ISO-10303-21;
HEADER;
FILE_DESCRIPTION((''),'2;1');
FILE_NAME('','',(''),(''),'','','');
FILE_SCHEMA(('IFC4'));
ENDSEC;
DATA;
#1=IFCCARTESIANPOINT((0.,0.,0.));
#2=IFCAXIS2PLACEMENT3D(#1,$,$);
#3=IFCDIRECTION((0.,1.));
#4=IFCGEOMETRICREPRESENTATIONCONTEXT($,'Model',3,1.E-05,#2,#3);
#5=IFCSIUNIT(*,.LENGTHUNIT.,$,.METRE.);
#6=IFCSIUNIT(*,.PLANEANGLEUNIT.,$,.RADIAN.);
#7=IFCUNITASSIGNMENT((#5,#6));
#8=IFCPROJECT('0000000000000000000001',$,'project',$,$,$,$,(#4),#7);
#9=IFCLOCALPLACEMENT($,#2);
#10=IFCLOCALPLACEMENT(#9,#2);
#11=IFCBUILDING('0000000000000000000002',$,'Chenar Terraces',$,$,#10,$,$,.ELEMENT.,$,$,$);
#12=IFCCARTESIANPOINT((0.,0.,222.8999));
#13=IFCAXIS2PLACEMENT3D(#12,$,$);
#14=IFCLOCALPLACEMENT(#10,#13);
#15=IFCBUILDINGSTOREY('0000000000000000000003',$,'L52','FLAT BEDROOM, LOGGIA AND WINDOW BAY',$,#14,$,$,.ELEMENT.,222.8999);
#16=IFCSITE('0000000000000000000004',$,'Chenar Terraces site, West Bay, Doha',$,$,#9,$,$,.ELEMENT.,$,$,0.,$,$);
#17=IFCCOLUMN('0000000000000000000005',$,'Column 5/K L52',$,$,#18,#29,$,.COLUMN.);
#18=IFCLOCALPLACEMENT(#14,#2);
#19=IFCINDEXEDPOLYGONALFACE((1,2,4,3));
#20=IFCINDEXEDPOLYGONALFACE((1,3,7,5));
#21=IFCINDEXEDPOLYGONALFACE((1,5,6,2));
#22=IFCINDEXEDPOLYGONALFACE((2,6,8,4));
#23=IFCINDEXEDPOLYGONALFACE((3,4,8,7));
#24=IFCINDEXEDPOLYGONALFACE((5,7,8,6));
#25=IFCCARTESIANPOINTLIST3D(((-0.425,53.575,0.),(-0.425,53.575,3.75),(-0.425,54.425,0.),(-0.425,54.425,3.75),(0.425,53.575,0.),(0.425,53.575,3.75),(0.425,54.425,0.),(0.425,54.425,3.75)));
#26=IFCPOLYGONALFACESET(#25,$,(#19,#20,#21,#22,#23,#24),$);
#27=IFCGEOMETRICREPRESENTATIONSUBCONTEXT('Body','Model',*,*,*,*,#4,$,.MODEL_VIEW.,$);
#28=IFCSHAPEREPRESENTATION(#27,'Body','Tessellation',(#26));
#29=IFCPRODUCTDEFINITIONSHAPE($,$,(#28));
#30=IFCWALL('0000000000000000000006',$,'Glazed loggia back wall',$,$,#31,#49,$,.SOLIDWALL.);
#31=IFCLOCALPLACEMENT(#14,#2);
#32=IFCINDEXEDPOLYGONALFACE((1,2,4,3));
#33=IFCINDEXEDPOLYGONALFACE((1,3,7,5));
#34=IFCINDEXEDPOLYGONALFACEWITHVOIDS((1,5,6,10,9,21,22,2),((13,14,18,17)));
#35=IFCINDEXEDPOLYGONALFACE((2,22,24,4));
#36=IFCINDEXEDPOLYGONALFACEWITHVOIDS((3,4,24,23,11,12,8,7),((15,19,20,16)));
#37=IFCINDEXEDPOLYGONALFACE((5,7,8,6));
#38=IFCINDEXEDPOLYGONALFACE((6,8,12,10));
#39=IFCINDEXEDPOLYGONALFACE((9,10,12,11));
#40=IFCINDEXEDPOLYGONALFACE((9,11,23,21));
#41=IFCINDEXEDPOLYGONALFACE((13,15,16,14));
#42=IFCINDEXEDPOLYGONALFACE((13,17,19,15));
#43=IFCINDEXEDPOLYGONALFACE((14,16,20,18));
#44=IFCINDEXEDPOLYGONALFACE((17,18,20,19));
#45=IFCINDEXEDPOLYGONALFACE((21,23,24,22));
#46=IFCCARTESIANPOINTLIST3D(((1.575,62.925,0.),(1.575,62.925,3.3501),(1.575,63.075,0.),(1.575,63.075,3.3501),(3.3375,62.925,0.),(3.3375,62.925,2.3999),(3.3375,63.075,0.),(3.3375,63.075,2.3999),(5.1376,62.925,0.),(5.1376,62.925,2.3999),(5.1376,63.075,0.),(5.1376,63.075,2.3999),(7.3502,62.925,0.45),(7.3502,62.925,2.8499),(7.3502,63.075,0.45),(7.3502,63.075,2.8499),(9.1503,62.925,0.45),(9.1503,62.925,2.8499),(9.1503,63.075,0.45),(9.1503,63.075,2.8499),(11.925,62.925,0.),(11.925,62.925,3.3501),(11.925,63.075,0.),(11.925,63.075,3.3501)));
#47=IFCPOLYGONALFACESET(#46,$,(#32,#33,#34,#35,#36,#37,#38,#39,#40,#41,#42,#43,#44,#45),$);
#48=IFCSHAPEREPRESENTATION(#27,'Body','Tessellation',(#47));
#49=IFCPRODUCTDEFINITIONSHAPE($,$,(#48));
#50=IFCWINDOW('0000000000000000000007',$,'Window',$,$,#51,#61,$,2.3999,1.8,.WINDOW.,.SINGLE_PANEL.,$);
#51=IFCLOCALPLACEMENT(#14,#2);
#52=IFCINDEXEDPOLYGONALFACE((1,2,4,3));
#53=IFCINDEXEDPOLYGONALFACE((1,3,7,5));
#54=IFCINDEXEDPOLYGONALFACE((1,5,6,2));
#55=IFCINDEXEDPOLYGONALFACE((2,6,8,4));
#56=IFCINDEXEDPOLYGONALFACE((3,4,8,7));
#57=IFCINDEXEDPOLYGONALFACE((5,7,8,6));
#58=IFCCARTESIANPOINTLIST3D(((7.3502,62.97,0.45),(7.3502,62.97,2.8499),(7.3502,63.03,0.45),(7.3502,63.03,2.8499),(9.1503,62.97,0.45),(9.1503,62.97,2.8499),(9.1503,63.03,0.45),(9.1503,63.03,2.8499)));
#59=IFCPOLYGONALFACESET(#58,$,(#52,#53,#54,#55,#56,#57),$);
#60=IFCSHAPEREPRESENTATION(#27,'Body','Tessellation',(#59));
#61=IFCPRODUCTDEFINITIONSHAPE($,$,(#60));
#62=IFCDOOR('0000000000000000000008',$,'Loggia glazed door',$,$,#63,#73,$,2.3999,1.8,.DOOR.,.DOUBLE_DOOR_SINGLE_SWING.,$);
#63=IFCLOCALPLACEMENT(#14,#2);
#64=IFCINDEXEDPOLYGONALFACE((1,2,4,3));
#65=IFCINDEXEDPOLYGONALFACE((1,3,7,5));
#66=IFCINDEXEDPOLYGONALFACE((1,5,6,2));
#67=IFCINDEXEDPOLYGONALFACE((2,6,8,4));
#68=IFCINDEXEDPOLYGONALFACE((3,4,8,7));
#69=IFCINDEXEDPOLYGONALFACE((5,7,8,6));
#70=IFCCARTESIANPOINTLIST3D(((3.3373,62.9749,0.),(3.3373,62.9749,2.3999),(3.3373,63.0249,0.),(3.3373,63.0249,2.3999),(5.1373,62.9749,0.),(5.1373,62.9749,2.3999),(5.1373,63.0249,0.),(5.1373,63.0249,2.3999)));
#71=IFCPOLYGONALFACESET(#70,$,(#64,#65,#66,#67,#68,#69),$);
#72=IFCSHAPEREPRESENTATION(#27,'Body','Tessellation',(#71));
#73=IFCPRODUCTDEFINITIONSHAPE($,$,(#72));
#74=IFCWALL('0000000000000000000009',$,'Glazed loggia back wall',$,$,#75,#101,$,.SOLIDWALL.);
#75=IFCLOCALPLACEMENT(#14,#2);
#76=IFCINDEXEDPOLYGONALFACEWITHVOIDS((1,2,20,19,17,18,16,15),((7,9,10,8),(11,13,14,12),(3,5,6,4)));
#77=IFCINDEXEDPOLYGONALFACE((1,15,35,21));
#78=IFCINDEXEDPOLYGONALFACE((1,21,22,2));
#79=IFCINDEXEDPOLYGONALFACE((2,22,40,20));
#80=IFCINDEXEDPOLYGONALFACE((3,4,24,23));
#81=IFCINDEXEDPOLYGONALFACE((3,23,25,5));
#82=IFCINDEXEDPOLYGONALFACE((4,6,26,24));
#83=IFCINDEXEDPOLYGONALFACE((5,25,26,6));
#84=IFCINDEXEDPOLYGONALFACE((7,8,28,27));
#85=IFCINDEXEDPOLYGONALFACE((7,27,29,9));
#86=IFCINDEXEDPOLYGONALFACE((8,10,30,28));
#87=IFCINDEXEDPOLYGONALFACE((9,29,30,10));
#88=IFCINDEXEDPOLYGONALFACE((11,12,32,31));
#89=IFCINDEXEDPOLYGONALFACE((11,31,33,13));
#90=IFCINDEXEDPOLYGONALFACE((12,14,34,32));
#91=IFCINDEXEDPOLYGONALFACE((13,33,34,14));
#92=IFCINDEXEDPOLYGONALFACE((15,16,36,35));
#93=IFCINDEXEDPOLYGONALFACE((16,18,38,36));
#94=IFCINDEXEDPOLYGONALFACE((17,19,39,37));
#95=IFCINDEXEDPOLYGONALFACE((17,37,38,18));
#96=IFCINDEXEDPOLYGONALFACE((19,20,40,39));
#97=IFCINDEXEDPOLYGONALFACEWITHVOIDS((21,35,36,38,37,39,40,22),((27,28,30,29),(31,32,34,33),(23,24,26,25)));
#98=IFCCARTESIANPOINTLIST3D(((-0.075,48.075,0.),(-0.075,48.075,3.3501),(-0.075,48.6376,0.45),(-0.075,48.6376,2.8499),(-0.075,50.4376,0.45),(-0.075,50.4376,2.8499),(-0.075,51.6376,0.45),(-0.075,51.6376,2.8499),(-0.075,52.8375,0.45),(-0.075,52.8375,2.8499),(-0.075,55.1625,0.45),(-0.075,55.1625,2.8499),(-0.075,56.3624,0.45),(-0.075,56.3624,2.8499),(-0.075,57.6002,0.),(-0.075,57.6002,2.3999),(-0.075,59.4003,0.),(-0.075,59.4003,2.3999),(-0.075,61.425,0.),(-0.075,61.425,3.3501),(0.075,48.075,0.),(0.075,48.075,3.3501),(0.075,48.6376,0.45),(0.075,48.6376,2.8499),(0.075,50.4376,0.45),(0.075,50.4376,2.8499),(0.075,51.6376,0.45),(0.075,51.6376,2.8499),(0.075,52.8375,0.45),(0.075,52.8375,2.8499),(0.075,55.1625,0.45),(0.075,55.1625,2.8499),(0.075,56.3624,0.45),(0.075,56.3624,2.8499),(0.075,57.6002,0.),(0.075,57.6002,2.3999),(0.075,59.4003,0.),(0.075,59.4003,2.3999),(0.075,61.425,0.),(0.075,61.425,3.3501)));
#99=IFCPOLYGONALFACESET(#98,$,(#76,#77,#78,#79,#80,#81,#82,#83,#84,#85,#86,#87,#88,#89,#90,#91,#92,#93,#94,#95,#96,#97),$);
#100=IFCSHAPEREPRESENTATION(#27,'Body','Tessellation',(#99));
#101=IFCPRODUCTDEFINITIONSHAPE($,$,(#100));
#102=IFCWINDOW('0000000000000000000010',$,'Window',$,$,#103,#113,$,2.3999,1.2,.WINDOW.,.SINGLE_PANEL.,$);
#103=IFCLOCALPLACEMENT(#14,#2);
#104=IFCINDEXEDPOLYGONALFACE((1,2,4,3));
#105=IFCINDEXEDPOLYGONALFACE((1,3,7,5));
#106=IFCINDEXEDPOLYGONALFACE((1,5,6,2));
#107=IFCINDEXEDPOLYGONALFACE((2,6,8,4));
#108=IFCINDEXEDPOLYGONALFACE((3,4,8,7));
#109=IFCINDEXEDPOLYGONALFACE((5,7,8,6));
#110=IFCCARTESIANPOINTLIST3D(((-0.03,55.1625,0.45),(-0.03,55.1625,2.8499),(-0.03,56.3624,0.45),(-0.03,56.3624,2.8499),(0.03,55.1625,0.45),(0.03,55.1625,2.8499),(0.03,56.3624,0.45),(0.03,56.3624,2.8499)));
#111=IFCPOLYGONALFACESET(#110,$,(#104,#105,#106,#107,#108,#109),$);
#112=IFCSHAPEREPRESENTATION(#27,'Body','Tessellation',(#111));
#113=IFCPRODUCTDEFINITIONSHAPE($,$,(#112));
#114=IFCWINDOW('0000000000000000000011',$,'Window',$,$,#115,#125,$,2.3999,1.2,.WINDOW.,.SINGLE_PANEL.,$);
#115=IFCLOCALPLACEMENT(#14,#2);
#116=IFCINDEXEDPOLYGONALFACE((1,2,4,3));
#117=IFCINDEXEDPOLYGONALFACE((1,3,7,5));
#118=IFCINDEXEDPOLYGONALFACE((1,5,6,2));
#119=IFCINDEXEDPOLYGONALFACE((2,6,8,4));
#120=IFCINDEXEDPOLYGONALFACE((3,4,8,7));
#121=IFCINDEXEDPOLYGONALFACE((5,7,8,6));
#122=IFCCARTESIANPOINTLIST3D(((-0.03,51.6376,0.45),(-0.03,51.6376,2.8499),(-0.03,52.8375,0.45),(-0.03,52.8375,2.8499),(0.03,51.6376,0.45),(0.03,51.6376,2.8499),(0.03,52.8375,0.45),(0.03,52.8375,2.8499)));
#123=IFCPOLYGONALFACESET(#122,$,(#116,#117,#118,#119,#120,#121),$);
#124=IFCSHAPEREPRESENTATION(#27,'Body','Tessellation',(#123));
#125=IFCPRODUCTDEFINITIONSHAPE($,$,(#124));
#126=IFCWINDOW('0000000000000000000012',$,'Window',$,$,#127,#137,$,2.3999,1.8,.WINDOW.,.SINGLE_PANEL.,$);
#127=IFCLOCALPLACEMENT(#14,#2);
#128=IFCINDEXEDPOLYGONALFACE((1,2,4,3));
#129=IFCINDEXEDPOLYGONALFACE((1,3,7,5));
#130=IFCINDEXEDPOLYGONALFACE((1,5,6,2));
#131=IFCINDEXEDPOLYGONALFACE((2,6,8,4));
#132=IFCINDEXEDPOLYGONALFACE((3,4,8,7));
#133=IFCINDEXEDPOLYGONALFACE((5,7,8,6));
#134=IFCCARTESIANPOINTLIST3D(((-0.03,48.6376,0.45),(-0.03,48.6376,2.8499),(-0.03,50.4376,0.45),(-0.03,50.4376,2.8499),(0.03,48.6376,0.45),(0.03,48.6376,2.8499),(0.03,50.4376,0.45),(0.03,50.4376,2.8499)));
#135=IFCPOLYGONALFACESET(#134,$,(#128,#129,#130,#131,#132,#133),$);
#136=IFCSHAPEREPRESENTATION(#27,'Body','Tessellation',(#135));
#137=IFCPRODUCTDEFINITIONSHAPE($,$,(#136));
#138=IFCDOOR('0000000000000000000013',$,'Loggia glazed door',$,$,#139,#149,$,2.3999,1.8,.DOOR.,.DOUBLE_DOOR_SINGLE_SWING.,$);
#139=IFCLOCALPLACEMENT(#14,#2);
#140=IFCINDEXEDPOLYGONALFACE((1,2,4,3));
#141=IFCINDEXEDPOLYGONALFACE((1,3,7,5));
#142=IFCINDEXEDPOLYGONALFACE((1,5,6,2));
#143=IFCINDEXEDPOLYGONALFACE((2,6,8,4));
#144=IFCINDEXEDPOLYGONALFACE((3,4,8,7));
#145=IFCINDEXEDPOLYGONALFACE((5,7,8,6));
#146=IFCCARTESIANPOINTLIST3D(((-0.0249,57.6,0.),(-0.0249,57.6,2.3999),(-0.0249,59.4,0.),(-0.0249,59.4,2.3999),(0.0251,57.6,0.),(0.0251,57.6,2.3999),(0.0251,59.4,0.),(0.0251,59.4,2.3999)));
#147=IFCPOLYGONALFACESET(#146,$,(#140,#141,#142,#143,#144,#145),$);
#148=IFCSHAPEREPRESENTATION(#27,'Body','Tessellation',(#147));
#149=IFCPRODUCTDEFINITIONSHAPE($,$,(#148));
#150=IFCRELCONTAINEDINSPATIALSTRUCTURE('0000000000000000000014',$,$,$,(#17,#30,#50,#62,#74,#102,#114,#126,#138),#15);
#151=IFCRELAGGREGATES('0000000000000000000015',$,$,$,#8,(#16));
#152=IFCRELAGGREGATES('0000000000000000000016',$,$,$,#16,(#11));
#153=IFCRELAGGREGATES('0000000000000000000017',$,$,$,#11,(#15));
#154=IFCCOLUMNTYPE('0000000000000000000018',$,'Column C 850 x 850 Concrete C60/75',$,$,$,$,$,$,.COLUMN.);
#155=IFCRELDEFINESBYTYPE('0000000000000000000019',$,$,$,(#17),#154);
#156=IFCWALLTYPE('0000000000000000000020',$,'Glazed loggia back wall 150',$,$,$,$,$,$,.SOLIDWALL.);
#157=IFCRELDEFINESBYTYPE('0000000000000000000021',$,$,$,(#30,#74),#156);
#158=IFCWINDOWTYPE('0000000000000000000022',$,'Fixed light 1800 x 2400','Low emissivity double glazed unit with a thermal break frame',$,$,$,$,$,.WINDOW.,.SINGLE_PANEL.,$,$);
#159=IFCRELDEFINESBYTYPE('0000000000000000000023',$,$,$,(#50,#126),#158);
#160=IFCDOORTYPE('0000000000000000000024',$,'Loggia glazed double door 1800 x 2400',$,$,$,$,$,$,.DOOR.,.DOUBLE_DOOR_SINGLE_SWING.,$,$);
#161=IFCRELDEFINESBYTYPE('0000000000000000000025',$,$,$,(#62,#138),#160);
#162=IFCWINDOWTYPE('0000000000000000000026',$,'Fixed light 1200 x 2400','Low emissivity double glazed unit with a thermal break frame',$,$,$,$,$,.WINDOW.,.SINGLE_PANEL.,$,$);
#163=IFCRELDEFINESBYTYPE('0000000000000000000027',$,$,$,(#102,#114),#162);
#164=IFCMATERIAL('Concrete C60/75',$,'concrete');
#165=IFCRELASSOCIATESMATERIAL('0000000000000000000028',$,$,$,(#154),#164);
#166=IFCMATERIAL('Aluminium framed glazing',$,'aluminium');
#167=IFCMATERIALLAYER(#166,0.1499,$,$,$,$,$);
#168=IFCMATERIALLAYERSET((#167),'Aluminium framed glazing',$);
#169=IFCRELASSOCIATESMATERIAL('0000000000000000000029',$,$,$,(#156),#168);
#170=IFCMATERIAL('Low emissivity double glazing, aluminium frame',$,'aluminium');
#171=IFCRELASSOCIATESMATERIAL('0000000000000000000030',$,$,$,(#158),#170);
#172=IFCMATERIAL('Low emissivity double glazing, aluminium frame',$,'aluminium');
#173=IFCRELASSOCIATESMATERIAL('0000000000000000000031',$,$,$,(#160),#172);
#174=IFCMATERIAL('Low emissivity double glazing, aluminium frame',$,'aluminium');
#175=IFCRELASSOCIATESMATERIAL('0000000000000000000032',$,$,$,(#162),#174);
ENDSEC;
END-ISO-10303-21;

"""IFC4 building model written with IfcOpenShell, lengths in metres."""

from ifc_helpers import new_model, si_unit, direction, frame, frame_2d, origin, origin_2d, place, context, subcontext, project, spatial, rectangle, extrude, material, layer, layer_set, material_profile, profile_set, type_object, element, fill, save


model = new_model("IFC4")

# Units and contexts
model_context = context("Model", 3, precision=1e-05, world=origin(), true_north=direction((0.0, 1.0)))
body_context = subcontext(model_context, "Body", "Model", "MODEL_VIEW")
ifc_project = project(units=[si_unit("LENGTHUNIT", "METRE"), si_unit("PLANEANGLEUNIT", "RADIAN")], contexts=[model_context])

# Site, building, storey
site_placement = place(None, origin())
site = spatial("IfcSite", under=ifc_project, at=site_placement, Name="Chenar Terraces site, West Bay, Doha", CompositionType="ELEMENT", RefElevation=0.0)
building_placement = place(site_placement, origin())
building = spatial("IfcBuilding", under=site, at=building_placement, Name="Chenar Terraces", CompositionType="ELEMENT")
storey_placement = place(building_placement, frame((0.0, 0.0, 222.8999)))
storey = spatial("IfcBuildingStorey", under=building, at=storey_placement, Name="L52", Description="FLAT BEDROOM, LOGGIA AND WINDOW BAY", CompositionType="ELEMENT", Elevation=222.8999)

# Column
ifc_material_1 = material(Name="Concrete C60/75", Category="concrete")
ifc_material_profile = material_profile(ifc_material_1, rectangle(XDim=0.8501, YDim=0.8501, at=origin_2d()), Name="C 850 x 850")
ifc_profile_set = profile_set([ifc_material_profile], Name="Concrete C60/75")
column_type = type_object("IfcColumnType", Name="Column C 850 x 850 Concrete C60/75", PredefinedType="COLUMN", material=ifc_profile_set)
column_placement = place(storey_placement, frame((0.0, 54.0, 0.0), z_axis=(0.0, 0.0, 1.0), x_axis=(1.0, 0.0, 0.0)))
element("IfcColumn", 1, at=column_placement, inside=storey, type_object=column_type, Name="Column 5/K L52", PredefinedType="COLUMN", context=body_context, shape_type="SweptSolid", body=[
    extrude(rectangle(XDim=0.8501, YDim=0.8501, at=origin_2d()), origin(), (0.0, 0.0, 1.0), 3.75),
])

# Wall, openings, window, door
ifc_material_2 = material(Name="Aluminium framed glazing", Category="aluminium")
ifc_layer_1 = layer(ifc_material_2, 0.1499)
ifc_layer_set_1 = layer_set([ifc_layer_1], Name="Aluminium framed glazing")
wall_type_1 = type_object("IfcWallType", Name="Glazed loggia back wall 150", PredefinedType="SOLIDWALL", material=ifc_layer_set_1)
wall_1_placement = place(storey_placement, frame((11.925, 63.0, 0.0), z_axis=(0.0, 0.0, 1.0), x_axis=(-1.0, 0.0, 0.0)))
wall_1 = element("IfcWall", 2, at=wall_1_placement, inside=storey, type_object=wall_type_1, Name="Glazed loggia back wall", PredefinedType="SOLIDWALL", context=body_context, shape_type="SweptSolid", body=[
    extrude(rectangle(XDim=10.3501, YDim=0.1499, at=frame_2d((5.175, 0.0))), origin(), (0.0, 0.0, 1.0), 3.3501),
])
opening_1_placement = place(wall_1_placement, frame((2.7749, 0.0, 0.45)))
opening_1 = element("IfcOpeningElement", 3, at=opening_1_placement, cuts=wall_1, PredefinedType="OPENING", context=body_context, shape_type="SweptSolid", body=[
    extrude(rectangle(XDim=1.8, YDim=2.3999, at=frame_2d((0.8999, 1.2))), frame((0.0, 0.085, 0.0), z_axis=(0.0, -1.0, 0.0), x_axis=(1.0, 0.0, 0.0)), (0.0, 0.0, 1.0), 0.1699),
])
opening_2_placement = place(wall_1_placement, frame((6.7876, 0.0, 0.0)))
opening_2 = element("IfcOpeningElement", 4, at=opening_2_placement, cuts=wall_1, PredefinedType="OPENING", context=body_context, shape_type="SweptSolid", body=[
    extrude(rectangle(XDim=1.8, YDim=2.3999, at=frame_2d((0.8999, 1.2))), frame((0.0, 0.085, 0.0), z_axis=(0.0, -1.0, 0.0), x_axis=(1.0, 0.0, 0.0)), (0.0, 0.0, 1.0), 0.1699),
])
ifc_material_3 = material(Name="Low emissivity double glazing, aluminium frame", Category="aluminium")
window_type_1 = type_object("IfcWindowType", Name="Fixed light 1800 x 2400", Description="Low emissivity double glazed unit with a thermal break frame", PartitioningType="SINGLE_PANEL", PredefinedType="WINDOW", material=ifc_material_3)
window_1_placement = place(opening_1_placement, origin())
window_1 = element("IfcWindow", 5, at=window_1_placement, inside=storey, type_object=window_type_1, Name="Window", OverallHeight=2.3999, OverallWidth=1.8, PartitioningType="SINGLE_PANEL", PredefinedType="WINDOW", context=body_context, shape_type="SweptSolid", body=[
    extrude(rectangle(XDim=1.8, YDim=2.3999, at=frame_2d((0.8999, 1.2))), frame((0.0, 0.03, 0.0), z_axis=(0.0, -1.0, 0.0), x_axis=(1.0, 0.0, 0.0)), (0.0, 0.0, 1.0), 0.0601),
])
fill(opening_1, window_1)
ifc_material_4 = material(Name="Low emissivity double glazing, aluminium frame", Category="aluminium")
door_type_1 = type_object("IfcDoorType", Name="Loggia glazed double door 1800 x 2400", OperationType="DOUBLE_DOOR_SINGLE_SWING", PredefinedType="DOOR", material=ifc_material_4)
door_1_placement = place(opening_2_placement, frame((1.8, 0.0, 0.0), z_axis=(0.0, 0.0, 1.0), x_axis=(-1.0, 0.0, 0.0)))
door_1 = element("IfcDoor", 6, at=door_1_placement, inside=storey, type_object=door_type_1, Name="Loggia glazed door", OperationType="DOUBLE_DOOR_SINGLE_SWING", OverallHeight=2.3999, OverallWidth=1.8, PredefinedType="DOOR", context=body_context, shape_type="SweptSolid", body=[
    extrude(rectangle(XDim=1.8, YDim=2.3999, at=frame_2d((0.8999, 1.2))), frame((0.0, 0.0249, 0.0), z_axis=(0.0, -1.0, 0.0), x_axis=(1.0, 0.0, 0.0)), (0.0, 0.0, 1.0), 0.05),
])
fill(opening_2, door_1)

# Wall, openings, windows, door
wall_2_placement = place(storey_placement, frame((0.0, 61.425, 0.0), z_axis=(0.0, 0.0, 1.0), x_axis=(0.0, -1.0, 0.0)))
wall_2 = element("IfcWall", 7, at=wall_2_placement, inside=storey, type_object=wall_type_1, Name="Glazed loggia back wall", PredefinedType="SOLIDWALL", context=body_context, shape_type="SweptSolid", body=[
    extrude(rectangle(XDim=13.3501, YDim=0.1499, at=frame_2d((6.675, 0.0))), origin(), (0.0, 0.0, 1.0), 3.3501),
])
opening_3_placement = place(wall_2_placement, frame((2.0249, 0.0, 0.0)))
opening_3 = element("IfcOpeningElement", 8, at=opening_3_placement, cuts=wall_2, PredefinedType="OPENING", context=body_context, shape_type="SweptSolid", body=[
    extrude(rectangle(XDim=1.8, YDim=2.3999, at=frame_2d((0.8999, 1.2))), frame((0.0, 0.085, 0.0), z_axis=(0.0, -1.0, 0.0), x_axis=(1.0, 0.0, 0.0)), (0.0, 0.0, 1.0), 0.1699),
])
opening_4_placement = place(wall_2_placement, frame((5.0625, 0.0, 0.45)))
opening_4 = element("IfcOpeningElement", 9, at=opening_4_placement, cuts=wall_2, PredefinedType="OPENING", context=body_context, shape_type="SweptSolid", body=[
    extrude(rectangle(XDim=1.2, YDim=2.3999, at=frame_2d((0.6001, 1.2))), frame((0.0, 0.085, 0.0), z_axis=(0.0, -1.0, 0.0), x_axis=(1.0, 0.0, 0.0)), (0.0, 0.0, 1.0), 0.1699),
])
opening_5_placement = place(wall_2_placement, frame((8.5874, 0.0, 0.45)))
opening_5 = element("IfcOpeningElement", 10, at=opening_5_placement, cuts=wall_2, PredefinedType="OPENING", context=body_context, shape_type="SweptSolid", body=[
    extrude(rectangle(XDim=1.2, YDim=2.3999, at=frame_2d((0.6001, 1.2))), frame((0.0, 0.085, 0.0), z_axis=(0.0, -1.0, 0.0), x_axis=(1.0, 0.0, 0.0)), (0.0, 0.0, 1.0), 0.1699),
])
opening_6_placement = place(wall_2_placement, frame((10.9875, 0.0, 0.45)))
opening_6 = element("IfcOpeningElement", 11, at=opening_6_placement, cuts=wall_2, PredefinedType="OPENING", context=body_context, shape_type="SweptSolid", body=[
    extrude(rectangle(XDim=1.8, YDim=2.3999, at=frame_2d((0.8999, 1.2))), frame((0.0, 0.085, 0.0), z_axis=(0.0, -1.0, 0.0), x_axis=(1.0, 0.0, 0.0)), (0.0, 0.0, 1.0), 0.1699),
])
ifc_material_5 = material(Name="Low emissivity double glazing, aluminium frame", Category="aluminium")
window_type_2 = type_object("IfcWindowType", Name="Fixed light 1200 x 2400", Description="Low emissivity double glazed unit with a thermal break frame", PartitioningType="SINGLE_PANEL", PredefinedType="WINDOW", material=ifc_material_5)
window_2_placement = place(opening_4_placement, origin())
window_2 = element("IfcWindow", 12, at=window_2_placement, inside=storey, type_object=window_type_2, Name="Window", OverallHeight=2.3999, OverallWidth=1.2, PartitioningType="SINGLE_PANEL", PredefinedType="WINDOW", context=body_context, shape_type="SweptSolid", body=[
    extrude(rectangle(XDim=1.2, YDim=2.3999, at=frame_2d((0.6001, 1.2))), frame((0.0, 0.03, 0.0), z_axis=(0.0, -1.0, 0.0), x_axis=(1.0, 0.0, 0.0)), (0.0, 0.0, 1.0), 0.0601),
])
fill(opening_4, window_2)
window_3_placement = place(opening_5_placement, origin())
window_3 = element("IfcWindow", 13, at=window_3_placement, inside=storey, type_object=window_type_2, Name="Window", OverallHeight=2.3999, OverallWidth=1.2, PartitioningType="SINGLE_PANEL", PredefinedType="WINDOW", context=body_context, shape_type="SweptSolid", body=[
    extrude(rectangle(XDim=1.2, YDim=2.3999, at=frame_2d((0.6001, 1.2))), frame((0.0, 0.03, 0.0), z_axis=(0.0, -1.0, 0.0), x_axis=(1.0, 0.0, 0.0)), (0.0, 0.0, 1.0), 0.0601),
])
fill(opening_5, window_3)
window_4_placement = place(opening_6_placement, origin())
window_4 = element("IfcWindow", 14, at=window_4_placement, inside=storey, type_object=window_type_1, Name="Window", OverallHeight=2.3999, OverallWidth=1.8, PartitioningType="SINGLE_PANEL", PredefinedType="WINDOW", context=body_context, shape_type="SweptSolid", body=[
    extrude(rectangle(XDim=1.8, YDim=2.3999, at=frame_2d((0.8999, 1.2))), frame((0.0, 0.03, 0.0), z_axis=(0.0, -1.0, 0.0), x_axis=(1.0, 0.0, 0.0)), (0.0, 0.0, 1.0), 0.0601),
])
fill(opening_6, window_4)
door_2_placement = place(opening_3_placement, frame((1.8, 0.0, 0.0), z_axis=(0.0, 0.0, 1.0), x_axis=(-1.0, 0.0, 0.0)))
door_2 = element("IfcDoor", 15, at=door_2_placement, inside=storey, type_object=door_type_1, Name="Loggia glazed door", OperationType="DOUBLE_DOOR_SINGLE_SWING", OverallHeight=2.3999, OverallWidth=1.8, PredefinedType="DOOR", context=body_context, shape_type="SweptSolid", body=[
    extrude(rectangle(XDim=1.8, YDim=2.3999, at=frame_2d((0.8999, 1.2))), frame((0.0, 0.0249, 0.0), z_axis=(0.0, -1.0, 0.0), x_axis=(1.0, 0.0, 0.0)), (0.0, 0.0, 1.0), 0.05),
])
fill(opening_3, door_2)

save(model, "model.ifc")
